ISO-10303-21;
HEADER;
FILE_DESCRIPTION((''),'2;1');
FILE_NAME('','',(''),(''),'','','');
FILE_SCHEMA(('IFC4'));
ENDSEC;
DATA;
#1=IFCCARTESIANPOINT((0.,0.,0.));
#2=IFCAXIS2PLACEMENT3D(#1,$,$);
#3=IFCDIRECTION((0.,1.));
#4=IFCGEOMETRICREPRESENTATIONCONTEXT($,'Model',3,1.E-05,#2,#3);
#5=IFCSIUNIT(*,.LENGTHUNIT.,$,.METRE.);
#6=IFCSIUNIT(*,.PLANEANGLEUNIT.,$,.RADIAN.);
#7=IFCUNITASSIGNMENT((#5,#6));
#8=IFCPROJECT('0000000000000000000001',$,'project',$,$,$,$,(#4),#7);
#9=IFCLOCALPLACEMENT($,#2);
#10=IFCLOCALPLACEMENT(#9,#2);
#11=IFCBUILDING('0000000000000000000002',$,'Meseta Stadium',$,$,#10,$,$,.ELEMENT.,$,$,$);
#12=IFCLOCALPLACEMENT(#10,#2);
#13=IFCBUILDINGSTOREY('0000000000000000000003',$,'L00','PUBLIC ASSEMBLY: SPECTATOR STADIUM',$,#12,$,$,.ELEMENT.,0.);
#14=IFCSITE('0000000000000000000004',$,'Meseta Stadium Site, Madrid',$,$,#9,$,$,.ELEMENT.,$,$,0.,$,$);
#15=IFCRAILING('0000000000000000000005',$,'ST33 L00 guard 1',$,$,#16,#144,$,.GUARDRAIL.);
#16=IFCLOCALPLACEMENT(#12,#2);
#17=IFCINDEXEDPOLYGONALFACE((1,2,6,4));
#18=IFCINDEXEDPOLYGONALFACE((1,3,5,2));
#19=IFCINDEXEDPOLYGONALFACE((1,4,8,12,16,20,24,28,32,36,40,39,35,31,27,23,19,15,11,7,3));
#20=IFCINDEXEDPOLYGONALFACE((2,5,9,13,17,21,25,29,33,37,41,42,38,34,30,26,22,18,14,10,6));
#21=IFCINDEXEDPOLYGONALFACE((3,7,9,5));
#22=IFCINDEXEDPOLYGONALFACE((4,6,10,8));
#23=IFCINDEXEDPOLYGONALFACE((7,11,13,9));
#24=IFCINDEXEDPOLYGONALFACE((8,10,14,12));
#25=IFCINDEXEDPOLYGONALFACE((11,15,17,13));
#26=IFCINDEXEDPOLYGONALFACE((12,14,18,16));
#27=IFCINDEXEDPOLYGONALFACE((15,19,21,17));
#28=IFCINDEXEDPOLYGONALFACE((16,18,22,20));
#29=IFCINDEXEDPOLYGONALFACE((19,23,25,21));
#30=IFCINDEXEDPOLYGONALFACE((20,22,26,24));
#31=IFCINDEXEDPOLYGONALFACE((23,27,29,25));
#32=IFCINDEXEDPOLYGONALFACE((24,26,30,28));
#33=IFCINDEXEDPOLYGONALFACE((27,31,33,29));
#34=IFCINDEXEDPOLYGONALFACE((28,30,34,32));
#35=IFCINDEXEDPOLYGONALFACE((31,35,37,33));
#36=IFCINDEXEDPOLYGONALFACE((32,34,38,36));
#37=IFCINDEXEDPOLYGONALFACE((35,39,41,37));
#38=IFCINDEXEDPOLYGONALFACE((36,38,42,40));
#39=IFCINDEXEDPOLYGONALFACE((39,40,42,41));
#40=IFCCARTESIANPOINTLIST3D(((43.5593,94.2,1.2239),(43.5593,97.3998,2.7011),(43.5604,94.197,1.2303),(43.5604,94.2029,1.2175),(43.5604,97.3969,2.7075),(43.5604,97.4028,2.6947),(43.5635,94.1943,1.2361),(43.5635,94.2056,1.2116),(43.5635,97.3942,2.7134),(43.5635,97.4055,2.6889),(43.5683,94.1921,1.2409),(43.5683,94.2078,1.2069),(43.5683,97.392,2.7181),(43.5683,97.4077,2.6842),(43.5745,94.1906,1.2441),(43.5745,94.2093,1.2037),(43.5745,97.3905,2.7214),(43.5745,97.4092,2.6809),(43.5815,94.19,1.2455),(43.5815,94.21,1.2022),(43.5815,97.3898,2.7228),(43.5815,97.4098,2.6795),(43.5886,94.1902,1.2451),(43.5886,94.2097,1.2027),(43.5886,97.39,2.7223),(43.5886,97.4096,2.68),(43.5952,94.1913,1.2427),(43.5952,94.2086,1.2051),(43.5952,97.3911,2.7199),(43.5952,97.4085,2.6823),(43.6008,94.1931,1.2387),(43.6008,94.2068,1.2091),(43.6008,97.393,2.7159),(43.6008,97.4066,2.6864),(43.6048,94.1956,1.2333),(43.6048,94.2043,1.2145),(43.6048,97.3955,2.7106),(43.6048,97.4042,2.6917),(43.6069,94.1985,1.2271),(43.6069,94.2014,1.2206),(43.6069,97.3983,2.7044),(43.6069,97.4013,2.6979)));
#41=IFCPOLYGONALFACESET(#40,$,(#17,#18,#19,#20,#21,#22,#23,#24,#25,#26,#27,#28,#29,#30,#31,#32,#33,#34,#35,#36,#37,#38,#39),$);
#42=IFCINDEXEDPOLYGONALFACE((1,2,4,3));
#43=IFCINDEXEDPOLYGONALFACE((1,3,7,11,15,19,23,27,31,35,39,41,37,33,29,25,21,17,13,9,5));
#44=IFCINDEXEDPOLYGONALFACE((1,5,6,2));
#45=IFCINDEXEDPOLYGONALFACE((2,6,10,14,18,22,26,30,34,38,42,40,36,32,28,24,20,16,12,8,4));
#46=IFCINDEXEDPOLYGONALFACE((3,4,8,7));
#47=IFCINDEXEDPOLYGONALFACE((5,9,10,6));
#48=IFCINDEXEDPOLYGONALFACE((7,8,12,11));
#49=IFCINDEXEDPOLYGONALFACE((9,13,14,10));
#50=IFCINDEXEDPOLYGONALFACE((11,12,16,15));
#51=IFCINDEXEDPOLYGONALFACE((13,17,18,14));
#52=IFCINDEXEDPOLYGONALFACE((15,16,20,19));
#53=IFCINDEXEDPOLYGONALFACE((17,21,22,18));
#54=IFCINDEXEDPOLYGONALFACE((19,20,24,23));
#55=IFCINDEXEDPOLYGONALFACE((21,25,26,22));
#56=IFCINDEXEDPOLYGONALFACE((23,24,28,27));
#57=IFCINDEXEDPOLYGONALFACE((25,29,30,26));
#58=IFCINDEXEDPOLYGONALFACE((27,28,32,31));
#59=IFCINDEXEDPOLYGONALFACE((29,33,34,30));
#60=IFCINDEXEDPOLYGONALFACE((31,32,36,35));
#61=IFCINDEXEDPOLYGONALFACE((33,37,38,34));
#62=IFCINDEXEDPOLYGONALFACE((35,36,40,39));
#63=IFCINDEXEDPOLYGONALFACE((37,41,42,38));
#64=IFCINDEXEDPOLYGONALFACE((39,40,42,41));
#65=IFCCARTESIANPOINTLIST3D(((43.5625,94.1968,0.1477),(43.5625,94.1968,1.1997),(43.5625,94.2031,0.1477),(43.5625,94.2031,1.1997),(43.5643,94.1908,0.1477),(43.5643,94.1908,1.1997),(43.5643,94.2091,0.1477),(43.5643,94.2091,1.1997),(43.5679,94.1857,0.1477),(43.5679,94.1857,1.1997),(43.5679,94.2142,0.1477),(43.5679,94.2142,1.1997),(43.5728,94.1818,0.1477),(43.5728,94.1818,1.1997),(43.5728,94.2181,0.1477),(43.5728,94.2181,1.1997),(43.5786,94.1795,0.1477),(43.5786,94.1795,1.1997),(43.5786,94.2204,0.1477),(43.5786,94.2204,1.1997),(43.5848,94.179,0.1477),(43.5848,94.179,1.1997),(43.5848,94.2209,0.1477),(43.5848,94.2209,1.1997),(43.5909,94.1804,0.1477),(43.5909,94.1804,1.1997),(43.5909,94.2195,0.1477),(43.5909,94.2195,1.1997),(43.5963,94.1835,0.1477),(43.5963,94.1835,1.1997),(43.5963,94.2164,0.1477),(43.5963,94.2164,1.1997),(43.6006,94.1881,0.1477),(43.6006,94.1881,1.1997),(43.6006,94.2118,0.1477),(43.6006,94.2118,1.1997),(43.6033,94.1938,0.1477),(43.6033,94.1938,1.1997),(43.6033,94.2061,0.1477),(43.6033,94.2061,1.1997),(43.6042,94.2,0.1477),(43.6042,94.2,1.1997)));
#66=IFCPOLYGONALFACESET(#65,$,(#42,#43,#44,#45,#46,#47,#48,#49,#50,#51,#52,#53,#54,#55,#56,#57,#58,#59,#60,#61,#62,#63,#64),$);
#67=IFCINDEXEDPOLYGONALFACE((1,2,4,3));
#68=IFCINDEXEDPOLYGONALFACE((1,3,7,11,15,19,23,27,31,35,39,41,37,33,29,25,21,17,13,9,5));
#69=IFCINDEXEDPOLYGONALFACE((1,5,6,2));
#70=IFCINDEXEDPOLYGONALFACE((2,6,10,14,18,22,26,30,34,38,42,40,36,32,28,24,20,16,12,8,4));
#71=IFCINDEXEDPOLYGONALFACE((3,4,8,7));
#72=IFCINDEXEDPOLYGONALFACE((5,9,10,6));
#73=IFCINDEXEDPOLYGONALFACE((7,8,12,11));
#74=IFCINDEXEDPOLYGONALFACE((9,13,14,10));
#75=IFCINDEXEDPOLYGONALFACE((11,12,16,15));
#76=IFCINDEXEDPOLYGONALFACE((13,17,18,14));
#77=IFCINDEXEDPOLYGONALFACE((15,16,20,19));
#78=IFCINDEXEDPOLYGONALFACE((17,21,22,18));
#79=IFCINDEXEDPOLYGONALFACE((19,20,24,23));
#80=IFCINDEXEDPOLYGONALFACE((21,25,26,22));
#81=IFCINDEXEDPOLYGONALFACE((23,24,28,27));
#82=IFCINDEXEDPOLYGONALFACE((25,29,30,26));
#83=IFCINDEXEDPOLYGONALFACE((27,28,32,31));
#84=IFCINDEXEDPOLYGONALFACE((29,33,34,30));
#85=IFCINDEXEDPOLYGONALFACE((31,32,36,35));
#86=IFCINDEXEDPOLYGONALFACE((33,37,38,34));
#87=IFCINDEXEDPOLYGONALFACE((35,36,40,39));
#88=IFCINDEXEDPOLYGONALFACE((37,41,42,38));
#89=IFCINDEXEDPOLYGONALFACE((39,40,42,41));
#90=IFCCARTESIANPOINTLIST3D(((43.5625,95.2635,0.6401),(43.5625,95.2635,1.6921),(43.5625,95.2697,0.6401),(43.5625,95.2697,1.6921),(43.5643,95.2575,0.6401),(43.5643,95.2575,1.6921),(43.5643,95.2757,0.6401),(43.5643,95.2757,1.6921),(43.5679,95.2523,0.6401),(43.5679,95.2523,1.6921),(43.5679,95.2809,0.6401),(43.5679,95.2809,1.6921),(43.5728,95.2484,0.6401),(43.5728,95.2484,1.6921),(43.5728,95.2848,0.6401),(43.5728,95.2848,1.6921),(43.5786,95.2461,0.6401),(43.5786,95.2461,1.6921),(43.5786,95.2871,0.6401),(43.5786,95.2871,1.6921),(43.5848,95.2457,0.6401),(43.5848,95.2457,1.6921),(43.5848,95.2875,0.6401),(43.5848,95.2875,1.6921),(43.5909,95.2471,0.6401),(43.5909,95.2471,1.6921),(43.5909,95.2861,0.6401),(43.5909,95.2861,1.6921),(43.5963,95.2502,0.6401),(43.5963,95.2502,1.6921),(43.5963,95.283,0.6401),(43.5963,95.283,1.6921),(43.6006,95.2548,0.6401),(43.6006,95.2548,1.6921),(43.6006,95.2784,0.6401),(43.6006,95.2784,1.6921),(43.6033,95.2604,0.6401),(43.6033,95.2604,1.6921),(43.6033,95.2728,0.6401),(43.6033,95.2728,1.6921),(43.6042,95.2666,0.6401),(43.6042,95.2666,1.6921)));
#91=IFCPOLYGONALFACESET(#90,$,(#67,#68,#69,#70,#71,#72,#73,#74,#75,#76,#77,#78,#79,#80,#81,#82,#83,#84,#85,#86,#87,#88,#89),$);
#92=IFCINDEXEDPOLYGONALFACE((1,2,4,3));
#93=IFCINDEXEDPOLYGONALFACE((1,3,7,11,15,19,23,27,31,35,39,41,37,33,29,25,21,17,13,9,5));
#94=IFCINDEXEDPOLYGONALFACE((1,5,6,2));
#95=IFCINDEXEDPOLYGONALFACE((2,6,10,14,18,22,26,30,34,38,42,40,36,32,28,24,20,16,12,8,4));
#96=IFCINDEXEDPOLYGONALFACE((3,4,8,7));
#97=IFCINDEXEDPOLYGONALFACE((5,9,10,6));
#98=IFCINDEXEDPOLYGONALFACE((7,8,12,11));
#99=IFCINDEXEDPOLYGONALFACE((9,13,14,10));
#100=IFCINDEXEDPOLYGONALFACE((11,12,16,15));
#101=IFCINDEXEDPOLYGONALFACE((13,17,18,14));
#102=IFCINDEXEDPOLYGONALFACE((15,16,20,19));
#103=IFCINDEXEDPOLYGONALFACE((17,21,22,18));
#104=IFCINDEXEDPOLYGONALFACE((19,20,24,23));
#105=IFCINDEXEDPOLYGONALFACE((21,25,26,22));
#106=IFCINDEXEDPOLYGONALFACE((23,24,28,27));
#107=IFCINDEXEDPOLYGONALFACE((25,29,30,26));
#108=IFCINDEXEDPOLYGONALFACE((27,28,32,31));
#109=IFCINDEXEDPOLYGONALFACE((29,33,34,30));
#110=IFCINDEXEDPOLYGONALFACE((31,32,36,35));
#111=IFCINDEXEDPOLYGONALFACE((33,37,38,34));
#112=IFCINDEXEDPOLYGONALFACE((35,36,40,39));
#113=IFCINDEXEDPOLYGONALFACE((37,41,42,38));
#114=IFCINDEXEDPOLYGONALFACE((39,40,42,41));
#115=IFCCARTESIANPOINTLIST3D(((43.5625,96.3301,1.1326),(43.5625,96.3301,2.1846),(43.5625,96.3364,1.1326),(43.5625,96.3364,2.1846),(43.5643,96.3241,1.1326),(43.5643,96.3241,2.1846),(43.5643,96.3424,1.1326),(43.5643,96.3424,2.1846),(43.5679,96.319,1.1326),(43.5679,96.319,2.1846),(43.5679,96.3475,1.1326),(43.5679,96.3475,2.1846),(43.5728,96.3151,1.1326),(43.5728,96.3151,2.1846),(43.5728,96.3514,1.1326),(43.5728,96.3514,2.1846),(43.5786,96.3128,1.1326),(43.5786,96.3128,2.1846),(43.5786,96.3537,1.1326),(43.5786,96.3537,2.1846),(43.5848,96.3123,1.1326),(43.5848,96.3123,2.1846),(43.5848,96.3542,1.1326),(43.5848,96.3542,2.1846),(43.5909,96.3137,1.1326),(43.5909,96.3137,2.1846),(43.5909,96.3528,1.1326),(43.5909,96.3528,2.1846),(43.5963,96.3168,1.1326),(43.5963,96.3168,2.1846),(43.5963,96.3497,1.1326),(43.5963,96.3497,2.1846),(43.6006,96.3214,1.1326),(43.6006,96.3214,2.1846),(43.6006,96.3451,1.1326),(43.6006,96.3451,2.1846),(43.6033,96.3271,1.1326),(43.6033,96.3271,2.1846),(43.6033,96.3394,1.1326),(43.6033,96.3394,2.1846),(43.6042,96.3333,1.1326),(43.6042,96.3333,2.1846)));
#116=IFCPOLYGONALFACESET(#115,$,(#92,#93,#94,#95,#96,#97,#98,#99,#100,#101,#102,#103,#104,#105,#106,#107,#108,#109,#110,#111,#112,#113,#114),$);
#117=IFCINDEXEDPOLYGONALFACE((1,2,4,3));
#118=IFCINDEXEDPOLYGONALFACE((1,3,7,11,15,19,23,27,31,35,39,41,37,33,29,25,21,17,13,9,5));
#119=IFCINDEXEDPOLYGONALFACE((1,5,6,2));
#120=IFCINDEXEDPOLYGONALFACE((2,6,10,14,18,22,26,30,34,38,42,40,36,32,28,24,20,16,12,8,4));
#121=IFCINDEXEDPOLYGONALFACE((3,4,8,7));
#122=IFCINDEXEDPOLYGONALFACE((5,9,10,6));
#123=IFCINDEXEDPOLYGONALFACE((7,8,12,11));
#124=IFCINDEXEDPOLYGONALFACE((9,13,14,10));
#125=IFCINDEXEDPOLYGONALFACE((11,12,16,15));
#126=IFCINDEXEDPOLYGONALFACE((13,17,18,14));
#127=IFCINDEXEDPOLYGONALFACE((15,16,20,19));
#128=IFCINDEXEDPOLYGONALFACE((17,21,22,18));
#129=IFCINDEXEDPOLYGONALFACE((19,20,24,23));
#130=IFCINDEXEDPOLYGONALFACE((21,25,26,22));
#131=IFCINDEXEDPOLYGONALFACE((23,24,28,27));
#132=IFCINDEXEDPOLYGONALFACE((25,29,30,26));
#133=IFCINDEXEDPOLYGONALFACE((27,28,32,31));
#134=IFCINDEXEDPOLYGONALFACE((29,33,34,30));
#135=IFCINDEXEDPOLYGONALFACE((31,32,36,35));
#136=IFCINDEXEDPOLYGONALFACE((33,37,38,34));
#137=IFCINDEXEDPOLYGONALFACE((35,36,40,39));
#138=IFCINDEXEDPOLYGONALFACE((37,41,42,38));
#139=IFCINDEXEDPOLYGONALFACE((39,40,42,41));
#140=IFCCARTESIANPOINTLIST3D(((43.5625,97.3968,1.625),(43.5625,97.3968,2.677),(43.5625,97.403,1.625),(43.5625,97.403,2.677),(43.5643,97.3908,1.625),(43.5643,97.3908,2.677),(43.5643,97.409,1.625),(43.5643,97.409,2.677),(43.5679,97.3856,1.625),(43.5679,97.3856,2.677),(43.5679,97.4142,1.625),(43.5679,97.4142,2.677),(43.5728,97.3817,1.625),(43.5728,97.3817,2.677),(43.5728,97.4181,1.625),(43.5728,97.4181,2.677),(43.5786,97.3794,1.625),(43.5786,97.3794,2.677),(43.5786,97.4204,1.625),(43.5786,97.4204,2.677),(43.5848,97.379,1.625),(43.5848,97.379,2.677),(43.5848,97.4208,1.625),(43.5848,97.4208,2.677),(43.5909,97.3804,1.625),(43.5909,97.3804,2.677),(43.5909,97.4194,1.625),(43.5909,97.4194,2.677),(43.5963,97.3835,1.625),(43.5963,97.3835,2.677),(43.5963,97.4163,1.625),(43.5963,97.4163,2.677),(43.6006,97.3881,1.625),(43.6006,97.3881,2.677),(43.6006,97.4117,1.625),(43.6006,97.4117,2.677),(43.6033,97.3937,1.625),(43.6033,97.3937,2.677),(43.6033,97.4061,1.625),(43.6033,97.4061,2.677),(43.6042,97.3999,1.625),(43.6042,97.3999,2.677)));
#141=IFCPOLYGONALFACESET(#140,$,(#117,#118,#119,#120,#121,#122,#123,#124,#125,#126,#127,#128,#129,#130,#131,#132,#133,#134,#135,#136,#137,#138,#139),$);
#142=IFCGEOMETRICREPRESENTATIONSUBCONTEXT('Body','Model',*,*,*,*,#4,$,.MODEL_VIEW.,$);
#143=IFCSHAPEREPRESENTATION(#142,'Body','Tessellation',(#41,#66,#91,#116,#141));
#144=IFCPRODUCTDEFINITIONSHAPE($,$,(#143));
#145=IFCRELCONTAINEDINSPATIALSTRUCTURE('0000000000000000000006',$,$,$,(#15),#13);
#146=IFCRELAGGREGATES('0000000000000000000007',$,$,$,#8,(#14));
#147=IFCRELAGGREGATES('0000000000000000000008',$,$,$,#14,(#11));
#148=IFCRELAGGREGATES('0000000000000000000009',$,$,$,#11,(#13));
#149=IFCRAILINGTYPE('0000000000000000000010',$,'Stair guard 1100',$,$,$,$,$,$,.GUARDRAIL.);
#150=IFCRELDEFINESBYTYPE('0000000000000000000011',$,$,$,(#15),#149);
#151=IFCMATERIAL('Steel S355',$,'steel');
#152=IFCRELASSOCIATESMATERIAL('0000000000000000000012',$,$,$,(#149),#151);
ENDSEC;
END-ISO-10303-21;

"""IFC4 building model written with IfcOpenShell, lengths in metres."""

from ifc_helpers import new_model, si_unit, direction, frame, origin, origin_2d, place, context, subcontext, project, spatial, circle, extrude, material, type_object, element, save


model = new_model("IFC4")

# Units and contexts
model_context = context("Model", 3, precision=1e-05, world=origin(), true_north=direction((0.0, 1.0)))
body_context = subcontext(model_context, "Body", "Model", "MODEL_VIEW")
ifc_project = project(units=[si_unit("LENGTHUNIT", "METRE"), si_unit("PLANEANGLEUNIT", "RADIAN")], contexts=[model_context])

# Site, building, storey
site_placement = place(None, origin())
site = spatial("IfcSite", under=ifc_project, at=site_placement, Name="Meseta Stadium Site, Madrid", CompositionType="ELEMENT", RefElevation=0.0)
building_placement = place(site_placement, origin())
building = spatial("IfcBuilding", under=site, at=building_placement, Name="Meseta Stadium", CompositionType="ELEMENT")
storey_placement = place(building_placement, origin())
storey = spatial("IfcBuildingStorey", under=building, at=storey_placement, Name="L00", Description="PUBLIC ASSEMBLY: SPECTATOR STADIUM", CompositionType="ELEMENT", Elevation=0.0)

# Railing
ifc_material_1 = material(Name="Steel S355", Category="steel")
railing_type_1 = type_object("IfcRailingType", Name="Stair guard 1100", PredefinedType="GUARDRAIL", material=ifc_material_1)
railing_1_placement = place(storey_placement, frame((43.5833, 94.2, 0.1477)))
element("IfcRailing", 1, at=railing_1_placement, inside=storey, type_object=railing_type_1, Name="ST33 L00 guard 1", PredefinedType="GUARDRAIL", context=body_context, shape_type="SweptSolid", body=[
    extrude(circle(Radius=0.0239, at=origin_2d()), frame((0.0, 0.0, 1.0762), z_axis=(0.0, 0.907917, 0.41915), x_axis=(-1.0, 0.0, 0.0)), (0.0, 0.0, 1.0), 3.5244),
    extrude(circle(Radius=0.021, at=origin_2d()), origin(), (0.0, 0.0, 1.0), 1.052),
    extrude(circle(Radius=0.021, at=origin_2d()), frame((0.0, 1.0667, 0.4924)), (0.0, 0.0, 1.0), 1.052),
    extrude(circle(Radius=0.021, at=origin_2d()), frame((0.0, 2.1333, 0.9849)), (0.0, 0.0, 1.0), 1.052),
    extrude(circle(Radius=0.021, at=origin_2d()), frame((0.0, 3.2, 1.4773)), (0.0, 0.0, 1.0), 1.052),
])

save(model, "model.ifc")
